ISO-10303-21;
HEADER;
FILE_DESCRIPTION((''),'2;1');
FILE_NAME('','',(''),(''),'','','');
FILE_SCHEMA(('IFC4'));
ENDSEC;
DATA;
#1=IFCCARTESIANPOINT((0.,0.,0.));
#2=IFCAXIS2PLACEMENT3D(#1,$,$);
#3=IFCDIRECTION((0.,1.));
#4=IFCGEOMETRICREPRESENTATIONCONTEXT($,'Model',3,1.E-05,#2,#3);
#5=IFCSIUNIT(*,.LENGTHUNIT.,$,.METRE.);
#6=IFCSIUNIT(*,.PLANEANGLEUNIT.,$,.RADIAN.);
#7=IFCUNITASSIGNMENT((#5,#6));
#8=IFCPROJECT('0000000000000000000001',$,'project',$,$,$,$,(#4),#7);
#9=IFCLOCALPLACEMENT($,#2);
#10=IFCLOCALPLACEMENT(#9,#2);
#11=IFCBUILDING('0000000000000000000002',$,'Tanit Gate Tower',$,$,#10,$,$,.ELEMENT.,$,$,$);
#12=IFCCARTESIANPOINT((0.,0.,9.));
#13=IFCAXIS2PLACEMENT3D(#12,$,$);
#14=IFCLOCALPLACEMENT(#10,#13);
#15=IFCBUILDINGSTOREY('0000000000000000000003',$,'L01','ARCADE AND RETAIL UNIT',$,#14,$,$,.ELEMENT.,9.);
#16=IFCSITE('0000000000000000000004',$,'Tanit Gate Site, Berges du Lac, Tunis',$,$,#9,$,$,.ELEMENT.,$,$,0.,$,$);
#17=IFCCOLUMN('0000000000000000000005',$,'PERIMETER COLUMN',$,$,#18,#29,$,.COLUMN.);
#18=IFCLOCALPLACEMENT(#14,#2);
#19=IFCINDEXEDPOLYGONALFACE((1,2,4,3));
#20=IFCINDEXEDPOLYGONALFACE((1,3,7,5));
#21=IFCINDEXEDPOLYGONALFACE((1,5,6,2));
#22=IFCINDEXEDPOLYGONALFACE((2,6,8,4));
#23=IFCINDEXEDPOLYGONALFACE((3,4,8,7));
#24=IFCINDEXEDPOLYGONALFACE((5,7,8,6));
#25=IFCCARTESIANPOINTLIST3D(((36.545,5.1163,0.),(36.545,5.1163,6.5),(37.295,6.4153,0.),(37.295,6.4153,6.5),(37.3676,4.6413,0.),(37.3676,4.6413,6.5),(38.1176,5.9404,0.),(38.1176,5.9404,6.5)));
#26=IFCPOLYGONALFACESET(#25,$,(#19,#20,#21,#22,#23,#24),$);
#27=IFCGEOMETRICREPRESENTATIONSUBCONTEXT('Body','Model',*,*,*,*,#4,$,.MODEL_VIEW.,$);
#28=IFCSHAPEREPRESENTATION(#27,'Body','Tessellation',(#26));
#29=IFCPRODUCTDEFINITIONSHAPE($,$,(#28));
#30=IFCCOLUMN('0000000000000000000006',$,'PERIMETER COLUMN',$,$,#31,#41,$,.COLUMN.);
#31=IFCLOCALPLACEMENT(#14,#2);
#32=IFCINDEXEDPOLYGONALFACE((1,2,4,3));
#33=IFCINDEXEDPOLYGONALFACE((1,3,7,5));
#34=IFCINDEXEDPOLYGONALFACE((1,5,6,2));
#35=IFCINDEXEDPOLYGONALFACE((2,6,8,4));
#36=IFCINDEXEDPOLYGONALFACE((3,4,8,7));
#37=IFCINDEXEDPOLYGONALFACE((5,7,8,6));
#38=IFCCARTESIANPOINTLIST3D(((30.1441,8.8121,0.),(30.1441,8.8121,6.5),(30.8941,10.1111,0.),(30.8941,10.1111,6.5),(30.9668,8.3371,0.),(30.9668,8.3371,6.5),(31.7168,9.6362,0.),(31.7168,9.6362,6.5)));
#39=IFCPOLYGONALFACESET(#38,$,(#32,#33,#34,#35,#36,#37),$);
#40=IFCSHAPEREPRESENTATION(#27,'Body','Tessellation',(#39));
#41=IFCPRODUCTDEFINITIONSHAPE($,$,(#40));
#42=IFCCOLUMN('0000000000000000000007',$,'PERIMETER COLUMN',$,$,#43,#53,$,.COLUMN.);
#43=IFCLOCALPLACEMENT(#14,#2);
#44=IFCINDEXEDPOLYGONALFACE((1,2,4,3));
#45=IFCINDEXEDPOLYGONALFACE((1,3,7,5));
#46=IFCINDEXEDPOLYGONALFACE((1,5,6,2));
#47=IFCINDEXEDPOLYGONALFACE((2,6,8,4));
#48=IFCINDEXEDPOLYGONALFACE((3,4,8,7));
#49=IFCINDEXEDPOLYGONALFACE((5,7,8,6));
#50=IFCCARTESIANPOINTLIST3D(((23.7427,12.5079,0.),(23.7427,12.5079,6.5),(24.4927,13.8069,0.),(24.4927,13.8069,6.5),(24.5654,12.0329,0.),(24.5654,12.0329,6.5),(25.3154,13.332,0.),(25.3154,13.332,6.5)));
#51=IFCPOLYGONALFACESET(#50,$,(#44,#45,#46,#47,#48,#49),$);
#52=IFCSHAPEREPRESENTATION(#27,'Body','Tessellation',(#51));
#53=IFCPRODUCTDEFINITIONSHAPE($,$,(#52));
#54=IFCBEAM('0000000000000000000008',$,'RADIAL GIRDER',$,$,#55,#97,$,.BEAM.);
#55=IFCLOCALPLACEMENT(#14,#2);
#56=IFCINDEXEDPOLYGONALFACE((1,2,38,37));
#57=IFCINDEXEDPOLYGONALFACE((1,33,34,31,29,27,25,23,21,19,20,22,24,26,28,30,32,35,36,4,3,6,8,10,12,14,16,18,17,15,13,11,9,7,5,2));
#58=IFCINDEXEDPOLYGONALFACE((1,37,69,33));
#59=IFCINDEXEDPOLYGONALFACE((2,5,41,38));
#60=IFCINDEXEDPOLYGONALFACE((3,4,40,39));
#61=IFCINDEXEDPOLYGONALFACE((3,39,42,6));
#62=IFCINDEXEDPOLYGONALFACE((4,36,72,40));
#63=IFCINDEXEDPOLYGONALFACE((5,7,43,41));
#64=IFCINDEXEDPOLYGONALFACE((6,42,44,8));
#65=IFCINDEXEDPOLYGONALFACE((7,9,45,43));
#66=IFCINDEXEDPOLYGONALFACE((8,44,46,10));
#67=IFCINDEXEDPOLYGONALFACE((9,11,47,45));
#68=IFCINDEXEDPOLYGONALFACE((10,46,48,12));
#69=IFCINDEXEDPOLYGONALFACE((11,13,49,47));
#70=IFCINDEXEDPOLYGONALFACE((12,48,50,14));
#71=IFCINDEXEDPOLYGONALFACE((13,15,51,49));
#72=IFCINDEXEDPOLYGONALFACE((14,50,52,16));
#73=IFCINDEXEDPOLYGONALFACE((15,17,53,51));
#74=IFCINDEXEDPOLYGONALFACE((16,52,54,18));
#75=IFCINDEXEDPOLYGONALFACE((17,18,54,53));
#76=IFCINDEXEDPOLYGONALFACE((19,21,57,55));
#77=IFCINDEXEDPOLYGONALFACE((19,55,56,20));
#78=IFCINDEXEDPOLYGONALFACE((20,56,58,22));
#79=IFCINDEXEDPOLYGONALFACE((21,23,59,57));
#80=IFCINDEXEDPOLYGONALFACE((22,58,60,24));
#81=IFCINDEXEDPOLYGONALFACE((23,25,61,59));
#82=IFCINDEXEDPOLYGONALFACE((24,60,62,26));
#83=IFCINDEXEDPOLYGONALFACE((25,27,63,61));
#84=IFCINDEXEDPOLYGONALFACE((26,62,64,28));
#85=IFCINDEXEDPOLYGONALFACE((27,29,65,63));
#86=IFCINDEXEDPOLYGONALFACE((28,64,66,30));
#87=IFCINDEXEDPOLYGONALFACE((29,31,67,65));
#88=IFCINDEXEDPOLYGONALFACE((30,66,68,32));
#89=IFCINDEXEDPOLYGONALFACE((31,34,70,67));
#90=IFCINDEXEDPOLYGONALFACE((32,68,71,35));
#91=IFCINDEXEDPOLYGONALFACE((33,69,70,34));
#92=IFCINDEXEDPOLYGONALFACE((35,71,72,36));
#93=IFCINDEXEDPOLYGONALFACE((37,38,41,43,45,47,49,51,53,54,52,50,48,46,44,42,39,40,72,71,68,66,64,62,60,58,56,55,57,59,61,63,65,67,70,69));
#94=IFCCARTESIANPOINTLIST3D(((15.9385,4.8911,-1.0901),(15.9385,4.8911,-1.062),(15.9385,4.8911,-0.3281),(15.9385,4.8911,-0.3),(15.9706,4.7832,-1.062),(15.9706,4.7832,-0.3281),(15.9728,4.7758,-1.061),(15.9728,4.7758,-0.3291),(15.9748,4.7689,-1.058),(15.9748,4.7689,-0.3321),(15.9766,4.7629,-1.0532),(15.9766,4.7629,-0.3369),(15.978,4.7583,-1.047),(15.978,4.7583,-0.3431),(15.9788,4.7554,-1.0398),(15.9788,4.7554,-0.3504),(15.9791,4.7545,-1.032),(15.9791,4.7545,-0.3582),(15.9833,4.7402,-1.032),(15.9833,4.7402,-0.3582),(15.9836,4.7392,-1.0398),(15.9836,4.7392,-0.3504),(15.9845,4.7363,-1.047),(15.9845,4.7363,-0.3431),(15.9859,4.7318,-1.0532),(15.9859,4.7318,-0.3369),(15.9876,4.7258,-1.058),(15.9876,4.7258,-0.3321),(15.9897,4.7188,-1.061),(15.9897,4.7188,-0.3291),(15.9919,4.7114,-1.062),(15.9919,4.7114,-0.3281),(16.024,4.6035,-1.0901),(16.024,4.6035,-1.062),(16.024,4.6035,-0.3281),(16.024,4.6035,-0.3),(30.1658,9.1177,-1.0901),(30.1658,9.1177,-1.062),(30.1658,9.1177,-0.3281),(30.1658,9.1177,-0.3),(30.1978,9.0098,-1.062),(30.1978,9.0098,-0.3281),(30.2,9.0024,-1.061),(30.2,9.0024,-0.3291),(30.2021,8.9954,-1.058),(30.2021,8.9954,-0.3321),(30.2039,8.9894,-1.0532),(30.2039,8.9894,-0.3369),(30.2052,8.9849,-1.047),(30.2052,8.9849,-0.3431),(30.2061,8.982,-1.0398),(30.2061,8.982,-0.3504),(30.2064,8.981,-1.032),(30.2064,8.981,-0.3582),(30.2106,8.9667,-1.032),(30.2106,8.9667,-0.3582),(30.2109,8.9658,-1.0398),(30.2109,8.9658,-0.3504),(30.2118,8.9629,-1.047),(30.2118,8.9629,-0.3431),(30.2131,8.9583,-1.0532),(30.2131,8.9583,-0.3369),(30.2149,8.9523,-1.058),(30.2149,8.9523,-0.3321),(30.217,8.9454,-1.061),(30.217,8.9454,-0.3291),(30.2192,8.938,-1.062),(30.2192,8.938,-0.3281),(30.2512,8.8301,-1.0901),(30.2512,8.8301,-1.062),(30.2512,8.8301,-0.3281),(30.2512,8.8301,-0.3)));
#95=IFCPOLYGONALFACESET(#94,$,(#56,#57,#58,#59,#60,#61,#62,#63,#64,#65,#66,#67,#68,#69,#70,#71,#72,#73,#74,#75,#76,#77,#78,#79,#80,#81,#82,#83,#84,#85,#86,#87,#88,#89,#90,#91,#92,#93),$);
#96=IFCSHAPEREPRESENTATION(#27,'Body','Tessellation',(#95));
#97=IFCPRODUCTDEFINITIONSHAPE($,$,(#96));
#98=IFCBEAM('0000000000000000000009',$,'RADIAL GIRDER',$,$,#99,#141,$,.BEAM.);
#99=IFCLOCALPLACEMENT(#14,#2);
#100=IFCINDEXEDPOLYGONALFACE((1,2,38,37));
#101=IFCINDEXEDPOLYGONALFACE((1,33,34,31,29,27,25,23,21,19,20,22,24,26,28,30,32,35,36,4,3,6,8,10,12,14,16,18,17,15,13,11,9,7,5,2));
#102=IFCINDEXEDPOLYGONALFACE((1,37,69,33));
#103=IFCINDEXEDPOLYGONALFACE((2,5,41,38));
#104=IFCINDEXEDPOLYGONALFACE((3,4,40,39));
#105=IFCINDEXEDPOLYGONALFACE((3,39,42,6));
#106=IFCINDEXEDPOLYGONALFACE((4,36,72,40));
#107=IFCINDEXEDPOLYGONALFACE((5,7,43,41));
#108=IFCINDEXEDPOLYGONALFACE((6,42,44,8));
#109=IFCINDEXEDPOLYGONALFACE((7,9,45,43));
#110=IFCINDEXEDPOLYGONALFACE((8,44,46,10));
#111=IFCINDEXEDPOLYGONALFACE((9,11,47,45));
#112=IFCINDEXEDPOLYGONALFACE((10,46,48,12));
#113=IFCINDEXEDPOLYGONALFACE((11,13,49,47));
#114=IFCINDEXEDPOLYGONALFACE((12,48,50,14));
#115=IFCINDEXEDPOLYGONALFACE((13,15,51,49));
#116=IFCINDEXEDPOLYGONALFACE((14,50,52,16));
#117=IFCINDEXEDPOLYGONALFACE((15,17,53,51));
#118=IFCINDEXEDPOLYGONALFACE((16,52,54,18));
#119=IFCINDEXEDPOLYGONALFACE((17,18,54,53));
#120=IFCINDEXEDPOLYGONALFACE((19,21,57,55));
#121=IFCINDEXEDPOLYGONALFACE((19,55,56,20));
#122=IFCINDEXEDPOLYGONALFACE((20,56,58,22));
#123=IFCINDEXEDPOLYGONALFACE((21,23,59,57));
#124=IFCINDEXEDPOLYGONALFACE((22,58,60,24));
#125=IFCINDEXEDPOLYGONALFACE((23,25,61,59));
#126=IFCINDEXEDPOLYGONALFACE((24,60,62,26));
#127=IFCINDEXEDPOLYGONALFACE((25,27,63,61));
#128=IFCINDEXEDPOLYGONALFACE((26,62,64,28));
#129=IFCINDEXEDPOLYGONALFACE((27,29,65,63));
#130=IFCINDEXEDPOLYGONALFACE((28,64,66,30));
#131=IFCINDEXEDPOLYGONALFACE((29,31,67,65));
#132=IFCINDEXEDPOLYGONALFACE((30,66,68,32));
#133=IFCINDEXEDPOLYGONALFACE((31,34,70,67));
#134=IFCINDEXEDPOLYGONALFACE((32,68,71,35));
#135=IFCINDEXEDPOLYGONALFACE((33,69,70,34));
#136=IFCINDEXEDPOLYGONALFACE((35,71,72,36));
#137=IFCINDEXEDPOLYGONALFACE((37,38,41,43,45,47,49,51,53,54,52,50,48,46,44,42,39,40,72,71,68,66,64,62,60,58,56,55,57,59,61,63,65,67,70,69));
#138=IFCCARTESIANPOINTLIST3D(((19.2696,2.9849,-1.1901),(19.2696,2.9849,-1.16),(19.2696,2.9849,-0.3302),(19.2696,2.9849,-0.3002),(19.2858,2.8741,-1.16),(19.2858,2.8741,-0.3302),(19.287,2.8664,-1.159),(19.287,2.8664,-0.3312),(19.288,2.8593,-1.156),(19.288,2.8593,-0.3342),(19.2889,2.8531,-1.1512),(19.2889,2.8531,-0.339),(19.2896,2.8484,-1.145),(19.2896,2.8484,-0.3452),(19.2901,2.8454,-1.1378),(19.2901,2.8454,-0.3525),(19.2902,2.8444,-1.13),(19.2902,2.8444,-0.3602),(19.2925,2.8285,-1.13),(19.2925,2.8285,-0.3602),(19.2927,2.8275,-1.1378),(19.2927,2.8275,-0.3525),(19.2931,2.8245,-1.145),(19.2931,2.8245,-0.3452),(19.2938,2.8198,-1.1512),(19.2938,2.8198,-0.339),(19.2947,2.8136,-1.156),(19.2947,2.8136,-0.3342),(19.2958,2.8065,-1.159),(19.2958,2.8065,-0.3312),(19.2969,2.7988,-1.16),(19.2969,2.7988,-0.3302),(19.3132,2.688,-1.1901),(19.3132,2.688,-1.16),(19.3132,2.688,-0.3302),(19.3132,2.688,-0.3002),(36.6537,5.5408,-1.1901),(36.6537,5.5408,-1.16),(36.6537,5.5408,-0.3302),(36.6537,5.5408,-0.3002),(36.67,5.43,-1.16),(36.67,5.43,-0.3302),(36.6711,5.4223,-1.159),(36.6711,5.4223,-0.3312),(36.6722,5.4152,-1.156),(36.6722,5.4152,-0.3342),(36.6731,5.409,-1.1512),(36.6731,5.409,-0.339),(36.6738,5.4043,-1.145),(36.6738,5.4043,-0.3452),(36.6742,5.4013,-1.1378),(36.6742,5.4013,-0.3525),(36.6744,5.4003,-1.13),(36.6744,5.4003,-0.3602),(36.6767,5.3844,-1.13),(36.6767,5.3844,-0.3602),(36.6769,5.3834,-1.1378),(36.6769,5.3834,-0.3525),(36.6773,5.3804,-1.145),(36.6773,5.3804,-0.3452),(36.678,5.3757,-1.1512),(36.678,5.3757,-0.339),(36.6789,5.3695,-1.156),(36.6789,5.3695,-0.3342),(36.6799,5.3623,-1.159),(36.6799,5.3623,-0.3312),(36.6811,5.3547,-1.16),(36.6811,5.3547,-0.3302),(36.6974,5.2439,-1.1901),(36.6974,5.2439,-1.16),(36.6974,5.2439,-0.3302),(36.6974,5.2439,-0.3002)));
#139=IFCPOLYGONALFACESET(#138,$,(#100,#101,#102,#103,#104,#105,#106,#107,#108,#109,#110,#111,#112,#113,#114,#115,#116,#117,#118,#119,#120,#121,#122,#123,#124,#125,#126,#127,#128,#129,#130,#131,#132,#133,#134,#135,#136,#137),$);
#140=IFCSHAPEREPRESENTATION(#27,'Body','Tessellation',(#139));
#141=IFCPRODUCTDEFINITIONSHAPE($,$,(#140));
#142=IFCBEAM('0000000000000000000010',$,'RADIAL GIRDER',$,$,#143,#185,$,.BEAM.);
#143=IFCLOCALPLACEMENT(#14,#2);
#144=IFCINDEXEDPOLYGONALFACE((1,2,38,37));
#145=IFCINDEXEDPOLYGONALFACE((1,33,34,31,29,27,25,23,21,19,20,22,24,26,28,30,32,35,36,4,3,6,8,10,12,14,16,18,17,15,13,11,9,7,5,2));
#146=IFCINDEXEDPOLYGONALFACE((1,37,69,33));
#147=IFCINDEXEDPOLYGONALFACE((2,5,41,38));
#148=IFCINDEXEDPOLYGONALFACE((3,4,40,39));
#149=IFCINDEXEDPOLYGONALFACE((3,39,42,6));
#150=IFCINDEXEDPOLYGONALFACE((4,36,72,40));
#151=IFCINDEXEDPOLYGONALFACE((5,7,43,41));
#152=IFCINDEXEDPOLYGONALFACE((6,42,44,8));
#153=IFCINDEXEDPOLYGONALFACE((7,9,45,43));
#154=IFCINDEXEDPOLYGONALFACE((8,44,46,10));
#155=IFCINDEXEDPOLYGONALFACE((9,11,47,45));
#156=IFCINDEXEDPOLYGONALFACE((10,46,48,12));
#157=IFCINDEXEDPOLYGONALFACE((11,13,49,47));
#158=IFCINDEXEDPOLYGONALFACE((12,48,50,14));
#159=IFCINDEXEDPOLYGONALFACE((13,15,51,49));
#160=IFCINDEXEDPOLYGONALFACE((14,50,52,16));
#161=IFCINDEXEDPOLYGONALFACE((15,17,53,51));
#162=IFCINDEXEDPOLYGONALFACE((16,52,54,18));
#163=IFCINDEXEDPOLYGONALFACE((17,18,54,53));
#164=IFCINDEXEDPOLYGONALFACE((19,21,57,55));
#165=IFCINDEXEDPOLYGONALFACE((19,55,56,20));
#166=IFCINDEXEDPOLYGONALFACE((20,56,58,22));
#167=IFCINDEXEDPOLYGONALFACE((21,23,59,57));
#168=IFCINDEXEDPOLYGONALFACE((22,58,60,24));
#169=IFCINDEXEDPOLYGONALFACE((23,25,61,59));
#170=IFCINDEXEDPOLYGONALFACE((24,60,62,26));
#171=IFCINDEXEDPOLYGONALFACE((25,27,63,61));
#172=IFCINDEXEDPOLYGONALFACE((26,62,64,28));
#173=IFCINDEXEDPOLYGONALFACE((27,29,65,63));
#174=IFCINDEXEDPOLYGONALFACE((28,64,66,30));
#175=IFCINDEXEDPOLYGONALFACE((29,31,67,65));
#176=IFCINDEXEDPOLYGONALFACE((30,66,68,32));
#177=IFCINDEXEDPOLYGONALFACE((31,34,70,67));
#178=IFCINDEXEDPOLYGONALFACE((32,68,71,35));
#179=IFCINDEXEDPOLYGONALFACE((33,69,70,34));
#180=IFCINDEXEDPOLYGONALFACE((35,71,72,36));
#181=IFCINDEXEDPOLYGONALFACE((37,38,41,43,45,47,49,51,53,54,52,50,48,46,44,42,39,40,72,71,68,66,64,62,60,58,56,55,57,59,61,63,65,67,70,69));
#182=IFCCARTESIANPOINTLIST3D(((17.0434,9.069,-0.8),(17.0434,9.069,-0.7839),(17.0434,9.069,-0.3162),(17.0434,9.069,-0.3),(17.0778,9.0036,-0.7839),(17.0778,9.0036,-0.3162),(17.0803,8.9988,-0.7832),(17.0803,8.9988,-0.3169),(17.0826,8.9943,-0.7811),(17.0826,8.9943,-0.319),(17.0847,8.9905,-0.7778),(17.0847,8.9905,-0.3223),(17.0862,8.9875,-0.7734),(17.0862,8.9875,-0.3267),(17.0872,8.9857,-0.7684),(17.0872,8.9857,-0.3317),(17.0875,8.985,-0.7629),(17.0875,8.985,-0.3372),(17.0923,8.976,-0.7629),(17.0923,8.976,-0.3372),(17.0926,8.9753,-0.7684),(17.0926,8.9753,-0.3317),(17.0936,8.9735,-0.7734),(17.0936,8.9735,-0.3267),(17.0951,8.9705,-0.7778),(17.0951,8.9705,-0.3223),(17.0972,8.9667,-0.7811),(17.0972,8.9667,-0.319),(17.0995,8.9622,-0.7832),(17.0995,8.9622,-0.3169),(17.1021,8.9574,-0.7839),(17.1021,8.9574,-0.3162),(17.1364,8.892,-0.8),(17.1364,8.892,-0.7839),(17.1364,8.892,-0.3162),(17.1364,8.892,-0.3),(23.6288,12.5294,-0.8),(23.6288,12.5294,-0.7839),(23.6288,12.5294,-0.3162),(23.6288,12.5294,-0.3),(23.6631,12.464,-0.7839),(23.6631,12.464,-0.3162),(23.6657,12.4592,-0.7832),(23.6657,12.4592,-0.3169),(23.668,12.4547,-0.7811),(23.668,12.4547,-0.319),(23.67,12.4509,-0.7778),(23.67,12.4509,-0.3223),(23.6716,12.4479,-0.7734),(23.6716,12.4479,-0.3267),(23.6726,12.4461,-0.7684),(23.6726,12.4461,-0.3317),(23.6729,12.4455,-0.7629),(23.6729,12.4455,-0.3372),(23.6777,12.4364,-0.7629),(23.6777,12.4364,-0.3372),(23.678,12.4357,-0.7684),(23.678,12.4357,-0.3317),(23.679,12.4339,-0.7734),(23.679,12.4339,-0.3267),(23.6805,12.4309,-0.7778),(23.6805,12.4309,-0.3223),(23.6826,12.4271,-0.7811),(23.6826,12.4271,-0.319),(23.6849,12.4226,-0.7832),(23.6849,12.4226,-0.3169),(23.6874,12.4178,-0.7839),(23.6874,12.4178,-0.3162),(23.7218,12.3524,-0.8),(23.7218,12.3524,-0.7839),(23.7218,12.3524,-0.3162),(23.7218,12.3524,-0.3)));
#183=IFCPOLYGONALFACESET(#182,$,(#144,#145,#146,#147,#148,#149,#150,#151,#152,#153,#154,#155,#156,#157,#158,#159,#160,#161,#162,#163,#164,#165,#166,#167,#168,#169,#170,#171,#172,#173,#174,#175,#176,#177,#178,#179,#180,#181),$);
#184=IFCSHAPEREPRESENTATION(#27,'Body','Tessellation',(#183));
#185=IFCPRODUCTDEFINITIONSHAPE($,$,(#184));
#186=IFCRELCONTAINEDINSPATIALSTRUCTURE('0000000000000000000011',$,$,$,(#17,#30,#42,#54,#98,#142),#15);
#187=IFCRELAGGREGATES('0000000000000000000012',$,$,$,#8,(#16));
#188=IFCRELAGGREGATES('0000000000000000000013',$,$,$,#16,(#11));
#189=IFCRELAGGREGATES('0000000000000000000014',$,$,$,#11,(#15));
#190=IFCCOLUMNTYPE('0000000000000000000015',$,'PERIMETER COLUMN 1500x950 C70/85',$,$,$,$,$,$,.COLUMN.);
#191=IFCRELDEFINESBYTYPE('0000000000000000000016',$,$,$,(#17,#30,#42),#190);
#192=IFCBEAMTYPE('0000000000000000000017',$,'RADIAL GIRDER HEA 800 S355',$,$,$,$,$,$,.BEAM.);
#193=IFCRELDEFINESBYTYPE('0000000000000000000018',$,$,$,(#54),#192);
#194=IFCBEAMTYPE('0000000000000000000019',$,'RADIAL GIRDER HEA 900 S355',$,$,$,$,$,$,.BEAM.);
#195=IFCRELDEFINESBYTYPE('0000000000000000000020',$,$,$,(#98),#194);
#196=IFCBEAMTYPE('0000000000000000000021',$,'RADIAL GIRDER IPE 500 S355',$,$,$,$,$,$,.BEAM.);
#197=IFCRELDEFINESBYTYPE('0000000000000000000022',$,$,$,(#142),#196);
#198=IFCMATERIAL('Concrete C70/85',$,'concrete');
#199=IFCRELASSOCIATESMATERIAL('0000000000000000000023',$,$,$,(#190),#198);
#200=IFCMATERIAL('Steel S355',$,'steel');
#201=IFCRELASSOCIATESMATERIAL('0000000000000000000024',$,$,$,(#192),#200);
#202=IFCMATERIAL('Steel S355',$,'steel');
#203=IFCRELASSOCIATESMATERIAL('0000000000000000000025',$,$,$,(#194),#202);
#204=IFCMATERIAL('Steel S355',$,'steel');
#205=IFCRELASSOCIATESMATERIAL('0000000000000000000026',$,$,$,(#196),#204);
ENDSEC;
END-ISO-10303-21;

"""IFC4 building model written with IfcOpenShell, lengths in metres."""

from ifc_helpers import new_model, si_unit, direction, frame, origin, origin_2d, place, context, subcontext, project, spatial, rectangle, i_section, extrude, material, material_profile, profile_set, type_object, element, save


model = new_model("IFC4")

# Units and contexts
model_context = context("Model", 3, precision=1e-05, world=origin(), true_north=direction((0.0, 1.0)))
body_context = subcontext(model_context, "Body", "Model", "MODEL_VIEW")
ifc_project = project(units=[si_unit("LENGTHUNIT", "METRE"), si_unit("PLANEANGLEUNIT", "RADIAN")], contexts=[model_context])

# Site, building, storey
site_placement = place(None, origin())
site = spatial("IfcSite", under=ifc_project, at=site_placement, Name="Tanit Gate Site, Berges du Lac, Tunis", CompositionType="ELEMENT", RefElevation=0.0)
building_placement = place(site_placement, origin())
building = spatial("IfcBuilding", under=site, at=building_placement, Name="Tanit Gate Tower", CompositionType="ELEMENT")
storey_placement = place(building_placement, frame((0.0, 0.0, 9.0)))
storey = spatial("IfcBuildingStorey", under=building, at=storey_placement, Name="L01", Description="ARCADE AND RETAIL UNIT", CompositionType="ELEMENT", Elevation=9.0)

# Columns
ifc_material_1 = material(Name="Concrete C70/85", Category="concrete")
ifc_material_profile_1 = material_profile(ifc_material_1, rectangle(XDim=1.5, YDim=0.95, at=origin_2d()), Name="RC 1500x950")
ifc_profile_set_1 = profile_set([ifc_material_profile_1], Name="Concrete C70/85")
column_type = type_object("IfcColumnType", Name="PERIMETER COLUMN 1500x950 C70/85", PredefinedType="COLUMN", material=ifc_profile_set_1)
for number, where, z_axis, x_axis, name in (
    (1, (37.3313, 5.5283, 0.0), (0.0, 0.0, 1.0), (0.5, 0.866025, 0.0), "PERIMETER COLUMN"),
    (2, (30.9304, 9.2241, 0.0), (0.0, 0.0, 1.0), (0.5, 0.866025, 0.0), "PERIMETER COLUMN"),
    (3, (24.5291, 12.9199, 0.0), (0.0, 0.0, 1.0), (0.5, 0.866025, 0.0), "PERIMETER COLUMN"),
):
    element("IfcColumn", number, at=place(storey_placement, frame(where, z_axis=z_axis, x_axis=x_axis)), inside=storey, type_object=column_type, Name=name, PredefinedType="COLUMN", context=body_context, shape_type="SweptSolid", body=[
        extrude(rectangle(XDim=1.5, YDim=0.95, at=origin_2d()), origin(), (0.0, 0.0, 1.0), 6.5),
    ])

# Beams
ifc_material_2 = material(Name="Steel S355", Category="steel")
ifc_material_profile_2 = material_profile(ifc_material_2, i_section(OverallWidth=0.3, OverallDepth=0.79, WebThickness=0.0149, FlangeThickness=0.0281, FilletRadius=0.03, at=origin_2d()), Name="HEA 800")
ifc_profile_set_2 = profile_set([ifc_material_profile_2], Name="Steel S355")
beam_type_1 = type_object("IfcBeamType", Name="RADIAL GIRDER HEA 800 S355", PredefinedType="BEAM", material=ifc_profile_set_2)
beam_1_placement = place(storey_placement, frame((30.2085, 8.9739, -0.6951), z_axis=(-0.958595, -0.284774, 0.0), x_axis=(0.284774, -0.958595, 0.0)))
element("IfcBeam", 4, at=beam_1_placement, inside=storey, type_object=beam_type_1, Name="RADIAL GIRDER", PredefinedType="BEAM", context=body_context, shape_type="SweptSolid", body=[
    extrude(i_section(OverallWidth=0.3, OverallDepth=0.79, WebThickness=0.0149, FlangeThickness=0.0281, FilletRadius=0.03, at=origin_2d()), origin(), (0.0, 0.0, 1.0), 14.8418),
])
ifc_material_3 = material(Name="Steel S355", Category="steel")
ifc_material_profile_3 = material_profile(ifc_material_3, i_section(OverallWidth=0.3, OverallDepth=0.8899, WebThickness=0.0161, FlangeThickness=0.03, FilletRadius=0.03, at=origin_2d()), Name="HEA 900")
ifc_profile_set_3 = profile_set([ifc_material_profile_3], Name="Steel S355")
beam_type_2 = type_object("IfcBeamType", Name="RADIAL GIRDER HEA 900 S355", PredefinedType="BEAM", material=ifc_profile_set_3)
beam_2_placement = place(storey_placement, frame((36.6755, 5.3923, -0.7451), z_axis=(-0.989364, -0.14546, 0.0), x_axis=(0.14546, -0.989364, 0.0)))
element("IfcBeam", 5, at=beam_2_placement, inside=storey, type_object=beam_type_2, Name="RADIAL GIRDER", PredefinedType="BEAM", context=body_context, shape_type="SweptSolid", body=[
    extrude(i_section(OverallWidth=0.3, OverallDepth=0.8899, WebThickness=0.0161, FlangeThickness=0.03, FilletRadius=0.03, at=origin_2d()), origin(), (0.0, 0.0, 1.0), 17.571),
])
ifc_material_4 = material(Name="Steel S355", Category="steel")
ifc_material_profile_4 = material_profile(ifc_material_4, i_section(OverallWidth=0.2, OverallDepth=0.5, WebThickness=0.0103, FlangeThickness=0.0161, FilletRadius=0.021, at=origin_2d()), Name="IPE 500")
ifc_profile_set_4 = profile_set([ifc_material_profile_4], Name="Steel S355")
beam_type_3 = type_object("IfcBeamType", Name="RADIAL GIRDER IPE 500 S355", PredefinedType="BEAM", material=ifc_profile_set_4)
beam_3_placement = place(storey_placement, frame((23.6753, 12.4409, -0.55), z_axis=(-0.885227, -0.465159, 0.0), x_axis=(0.465159, -0.885227, 0.0)))
element("IfcBeam", 6, at=beam_3_placement, inside=storey, type_object=beam_type_3, Name="RADIAL GIRDER", PredefinedType="BEAM", context=body_context, shape_type="SweptSolid", body=[
    extrude(i_section(OverallWidth=0.2, OverallDepth=0.5, WebThickness=0.0103, FlangeThickness=0.0161, FilletRadius=0.021, at=origin_2d()), origin(), (0.0, 0.0, 1.0), 7.4392),
])

save(model, "model.ifc")
